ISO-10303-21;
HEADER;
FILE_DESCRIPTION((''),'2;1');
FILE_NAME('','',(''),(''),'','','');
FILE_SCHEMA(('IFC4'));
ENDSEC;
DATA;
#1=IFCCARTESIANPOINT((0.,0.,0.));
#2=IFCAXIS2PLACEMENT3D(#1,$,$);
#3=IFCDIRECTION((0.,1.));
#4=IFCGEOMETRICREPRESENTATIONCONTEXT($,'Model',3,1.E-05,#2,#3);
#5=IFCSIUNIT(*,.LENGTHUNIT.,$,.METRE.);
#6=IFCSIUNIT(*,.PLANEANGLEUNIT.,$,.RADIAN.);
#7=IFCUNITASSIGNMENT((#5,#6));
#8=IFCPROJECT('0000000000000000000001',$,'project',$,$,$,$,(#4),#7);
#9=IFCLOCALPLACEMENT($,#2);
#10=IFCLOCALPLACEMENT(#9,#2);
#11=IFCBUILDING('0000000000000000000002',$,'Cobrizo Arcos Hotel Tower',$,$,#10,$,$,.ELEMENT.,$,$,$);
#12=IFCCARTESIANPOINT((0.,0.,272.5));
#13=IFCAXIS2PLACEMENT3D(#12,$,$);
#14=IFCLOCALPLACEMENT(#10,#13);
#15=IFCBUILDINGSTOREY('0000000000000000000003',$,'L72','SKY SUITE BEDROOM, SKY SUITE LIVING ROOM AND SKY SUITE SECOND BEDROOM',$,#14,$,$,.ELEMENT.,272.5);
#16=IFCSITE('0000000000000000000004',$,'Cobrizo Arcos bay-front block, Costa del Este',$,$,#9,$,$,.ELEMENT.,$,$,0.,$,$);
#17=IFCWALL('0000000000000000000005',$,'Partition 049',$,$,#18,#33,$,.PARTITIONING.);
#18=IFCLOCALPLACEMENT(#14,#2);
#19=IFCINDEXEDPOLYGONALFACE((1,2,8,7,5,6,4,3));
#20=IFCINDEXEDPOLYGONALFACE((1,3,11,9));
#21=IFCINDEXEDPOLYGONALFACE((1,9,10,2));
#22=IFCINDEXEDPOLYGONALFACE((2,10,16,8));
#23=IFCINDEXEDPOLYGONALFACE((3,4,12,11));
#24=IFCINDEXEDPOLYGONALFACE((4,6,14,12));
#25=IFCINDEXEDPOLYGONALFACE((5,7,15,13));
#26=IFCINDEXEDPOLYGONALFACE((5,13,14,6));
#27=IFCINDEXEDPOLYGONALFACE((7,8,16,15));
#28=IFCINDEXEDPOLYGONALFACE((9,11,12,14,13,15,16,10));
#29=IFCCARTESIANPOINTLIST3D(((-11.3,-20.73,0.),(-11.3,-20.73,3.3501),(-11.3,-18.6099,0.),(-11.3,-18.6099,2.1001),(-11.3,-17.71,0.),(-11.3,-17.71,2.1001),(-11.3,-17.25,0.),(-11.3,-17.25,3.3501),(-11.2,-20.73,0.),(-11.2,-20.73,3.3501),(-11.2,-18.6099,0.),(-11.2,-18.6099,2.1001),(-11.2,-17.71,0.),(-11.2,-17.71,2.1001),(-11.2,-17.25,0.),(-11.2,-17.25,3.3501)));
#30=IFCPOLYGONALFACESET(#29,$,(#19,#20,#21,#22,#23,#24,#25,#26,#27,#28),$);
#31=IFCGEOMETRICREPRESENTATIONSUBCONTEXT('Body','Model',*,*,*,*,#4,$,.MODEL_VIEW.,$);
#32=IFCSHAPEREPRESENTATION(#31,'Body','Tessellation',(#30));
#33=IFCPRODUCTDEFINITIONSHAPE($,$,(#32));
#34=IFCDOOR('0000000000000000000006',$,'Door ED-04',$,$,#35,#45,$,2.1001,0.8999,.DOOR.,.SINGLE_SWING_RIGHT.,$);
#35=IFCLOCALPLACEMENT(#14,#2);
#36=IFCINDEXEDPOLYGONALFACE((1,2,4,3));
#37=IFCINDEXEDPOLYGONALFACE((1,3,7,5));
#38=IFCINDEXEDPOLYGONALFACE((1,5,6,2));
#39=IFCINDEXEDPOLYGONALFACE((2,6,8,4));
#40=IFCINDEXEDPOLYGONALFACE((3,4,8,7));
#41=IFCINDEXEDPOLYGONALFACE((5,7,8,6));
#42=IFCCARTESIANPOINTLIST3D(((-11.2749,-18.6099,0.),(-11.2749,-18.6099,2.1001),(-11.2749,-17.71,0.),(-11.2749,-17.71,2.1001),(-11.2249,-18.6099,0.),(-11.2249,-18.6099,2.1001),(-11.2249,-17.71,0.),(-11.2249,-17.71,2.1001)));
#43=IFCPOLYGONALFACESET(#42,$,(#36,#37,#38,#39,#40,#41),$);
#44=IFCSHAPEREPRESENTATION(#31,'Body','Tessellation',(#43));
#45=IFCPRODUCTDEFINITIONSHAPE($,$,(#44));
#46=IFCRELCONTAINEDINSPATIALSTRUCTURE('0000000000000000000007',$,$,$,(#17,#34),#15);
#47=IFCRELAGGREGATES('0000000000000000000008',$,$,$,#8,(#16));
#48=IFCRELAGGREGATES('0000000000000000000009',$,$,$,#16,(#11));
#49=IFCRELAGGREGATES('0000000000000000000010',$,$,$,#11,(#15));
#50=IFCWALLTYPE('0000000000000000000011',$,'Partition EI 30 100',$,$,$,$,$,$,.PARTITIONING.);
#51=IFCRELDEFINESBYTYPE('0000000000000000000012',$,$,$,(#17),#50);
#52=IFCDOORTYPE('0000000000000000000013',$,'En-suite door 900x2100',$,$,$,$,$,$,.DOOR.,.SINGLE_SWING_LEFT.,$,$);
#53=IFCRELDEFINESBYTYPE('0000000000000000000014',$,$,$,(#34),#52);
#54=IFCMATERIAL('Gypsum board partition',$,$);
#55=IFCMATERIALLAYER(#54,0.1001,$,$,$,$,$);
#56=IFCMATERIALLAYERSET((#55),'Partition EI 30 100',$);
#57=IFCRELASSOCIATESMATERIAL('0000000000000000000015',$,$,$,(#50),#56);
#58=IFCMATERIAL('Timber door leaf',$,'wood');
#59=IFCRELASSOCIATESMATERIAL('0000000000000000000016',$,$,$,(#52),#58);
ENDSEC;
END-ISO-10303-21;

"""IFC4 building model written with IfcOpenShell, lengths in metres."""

from ifc_helpers import new_model, si_unit, direction, frame, frame_2d, origin, place, context, subcontext, project, spatial, rectangle, extrude, material, layer, layer_set, type_object, element, fill, save


model = new_model("IFC4")

# Units and contexts
model_context = context("Model", 3, precision=1e-05, world=origin(), true_north=direction((0.0, 1.0)))
body_context = subcontext(model_context, "Body", "Model", "MODEL_VIEW")
ifc_project = project(units=[si_unit("LENGTHUNIT", "METRE"), si_unit("PLANEANGLEUNIT", "RADIAN")], contexts=[model_context])

# Site, building, storey
site_placement = place(None, origin())
site = spatial("IfcSite", under=ifc_project, at=site_placement, Name="Cobrizo Arcos bay-front block, Costa del Este", CompositionType="ELEMENT", RefElevation=0.0)
building_placement = place(site_placement, origin())
building = spatial("IfcBuilding", under=site, at=building_placement, Name="Cobrizo Arcos Hotel Tower", CompositionType="ELEMENT")
storey_placement = place(building_placement, frame((0.0, 0.0, 272.5)))
storey = spatial("IfcBuildingStorey", under=building, at=storey_placement, Name="L72", Description="SKY SUITE BEDROOM, SKY SUITE LIVING ROOM AND SKY SUITE SECOND BEDROOM", CompositionType="ELEMENT", Elevation=272.5)

# Shared definitions
ifc_material_1 = material(Name="Gypsum board partition")
ifc_layer_1 = layer(ifc_material_1, 0.1001)
ifc_layer_set_1 = layer_set([ifc_layer_1], Name="Partition EI 30 100")
wall_type = type_object("IfcWallType", Name="Partition EI 30 100", PredefinedType="PARTITIONING", material=ifc_layer_set_1)

# Wall, opening, door
wall_1_placement = place(storey_placement, frame((-11.25, -20.73, 0.0), z_axis=(0.0, 0.0, 1.0), x_axis=(0.0, 1.0, 0.0)))
wall_1 = element("IfcWall", 1, at=wall_1_placement, inside=storey, type_object=wall_type, Name="Partition 049", PredefinedType="PARTITIONING", context=body_context, shape_type="SweptSolid", body=[
    extrude(rectangle(XDim=3.48, YDim=0.1001, at=frame_2d((1.74, 0.0))), origin(), (0.0, 0.0, 1.0), 3.3501),
])
opening_placement = place(wall_1_placement, frame((2.1201, 0.0, 0.0)))
opening = element("IfcOpeningElement", 2, at=opening_placement, cuts=wall_1, PredefinedType="OPENING", context=body_context, shape_type="SweptSolid", body=[
    extrude(rectangle(XDim=0.8999, YDim=2.1001, at=frame_2d((0.45, 1.05))), frame((0.0, 0.062, 0.0), z_axis=(0.0, -1.0, 0.0), x_axis=(1.0, 0.0, 0.0)), (0.0, 0.0, 1.0), 0.124),
])
ifc_material_2 = material(Name="Timber door leaf", Category="wood")
door_type = type_object("IfcDoorType", Name="En-suite door 900x2100", OperationType="SINGLE_SWING_LEFT", PredefinedType="DOOR", material=ifc_material_2)
door_placement = place(opening_placement, origin())
door = element("IfcDoor", 3, at=door_placement, inside=storey, type_object=door_type, Name="Door ED-04", OperationType="SINGLE_SWING_RIGHT", OverallHeight=2.1001, OverallWidth=0.8999, PredefinedType="DOOR", context=body_context, shape_type="SweptSolid", body=[
    extrude(rectangle(XDim=0.8999, YDim=2.1001, at=frame_2d((0.45, 1.05))), frame((0.0, 0.0249, 0.0), z_axis=(0.0, -1.0, 0.0), x_axis=(1.0, 0.0, 0.0)), (0.0, 0.0, 1.0), 0.05),
])
fill(opening, door)

save(model, "model.ifc")
